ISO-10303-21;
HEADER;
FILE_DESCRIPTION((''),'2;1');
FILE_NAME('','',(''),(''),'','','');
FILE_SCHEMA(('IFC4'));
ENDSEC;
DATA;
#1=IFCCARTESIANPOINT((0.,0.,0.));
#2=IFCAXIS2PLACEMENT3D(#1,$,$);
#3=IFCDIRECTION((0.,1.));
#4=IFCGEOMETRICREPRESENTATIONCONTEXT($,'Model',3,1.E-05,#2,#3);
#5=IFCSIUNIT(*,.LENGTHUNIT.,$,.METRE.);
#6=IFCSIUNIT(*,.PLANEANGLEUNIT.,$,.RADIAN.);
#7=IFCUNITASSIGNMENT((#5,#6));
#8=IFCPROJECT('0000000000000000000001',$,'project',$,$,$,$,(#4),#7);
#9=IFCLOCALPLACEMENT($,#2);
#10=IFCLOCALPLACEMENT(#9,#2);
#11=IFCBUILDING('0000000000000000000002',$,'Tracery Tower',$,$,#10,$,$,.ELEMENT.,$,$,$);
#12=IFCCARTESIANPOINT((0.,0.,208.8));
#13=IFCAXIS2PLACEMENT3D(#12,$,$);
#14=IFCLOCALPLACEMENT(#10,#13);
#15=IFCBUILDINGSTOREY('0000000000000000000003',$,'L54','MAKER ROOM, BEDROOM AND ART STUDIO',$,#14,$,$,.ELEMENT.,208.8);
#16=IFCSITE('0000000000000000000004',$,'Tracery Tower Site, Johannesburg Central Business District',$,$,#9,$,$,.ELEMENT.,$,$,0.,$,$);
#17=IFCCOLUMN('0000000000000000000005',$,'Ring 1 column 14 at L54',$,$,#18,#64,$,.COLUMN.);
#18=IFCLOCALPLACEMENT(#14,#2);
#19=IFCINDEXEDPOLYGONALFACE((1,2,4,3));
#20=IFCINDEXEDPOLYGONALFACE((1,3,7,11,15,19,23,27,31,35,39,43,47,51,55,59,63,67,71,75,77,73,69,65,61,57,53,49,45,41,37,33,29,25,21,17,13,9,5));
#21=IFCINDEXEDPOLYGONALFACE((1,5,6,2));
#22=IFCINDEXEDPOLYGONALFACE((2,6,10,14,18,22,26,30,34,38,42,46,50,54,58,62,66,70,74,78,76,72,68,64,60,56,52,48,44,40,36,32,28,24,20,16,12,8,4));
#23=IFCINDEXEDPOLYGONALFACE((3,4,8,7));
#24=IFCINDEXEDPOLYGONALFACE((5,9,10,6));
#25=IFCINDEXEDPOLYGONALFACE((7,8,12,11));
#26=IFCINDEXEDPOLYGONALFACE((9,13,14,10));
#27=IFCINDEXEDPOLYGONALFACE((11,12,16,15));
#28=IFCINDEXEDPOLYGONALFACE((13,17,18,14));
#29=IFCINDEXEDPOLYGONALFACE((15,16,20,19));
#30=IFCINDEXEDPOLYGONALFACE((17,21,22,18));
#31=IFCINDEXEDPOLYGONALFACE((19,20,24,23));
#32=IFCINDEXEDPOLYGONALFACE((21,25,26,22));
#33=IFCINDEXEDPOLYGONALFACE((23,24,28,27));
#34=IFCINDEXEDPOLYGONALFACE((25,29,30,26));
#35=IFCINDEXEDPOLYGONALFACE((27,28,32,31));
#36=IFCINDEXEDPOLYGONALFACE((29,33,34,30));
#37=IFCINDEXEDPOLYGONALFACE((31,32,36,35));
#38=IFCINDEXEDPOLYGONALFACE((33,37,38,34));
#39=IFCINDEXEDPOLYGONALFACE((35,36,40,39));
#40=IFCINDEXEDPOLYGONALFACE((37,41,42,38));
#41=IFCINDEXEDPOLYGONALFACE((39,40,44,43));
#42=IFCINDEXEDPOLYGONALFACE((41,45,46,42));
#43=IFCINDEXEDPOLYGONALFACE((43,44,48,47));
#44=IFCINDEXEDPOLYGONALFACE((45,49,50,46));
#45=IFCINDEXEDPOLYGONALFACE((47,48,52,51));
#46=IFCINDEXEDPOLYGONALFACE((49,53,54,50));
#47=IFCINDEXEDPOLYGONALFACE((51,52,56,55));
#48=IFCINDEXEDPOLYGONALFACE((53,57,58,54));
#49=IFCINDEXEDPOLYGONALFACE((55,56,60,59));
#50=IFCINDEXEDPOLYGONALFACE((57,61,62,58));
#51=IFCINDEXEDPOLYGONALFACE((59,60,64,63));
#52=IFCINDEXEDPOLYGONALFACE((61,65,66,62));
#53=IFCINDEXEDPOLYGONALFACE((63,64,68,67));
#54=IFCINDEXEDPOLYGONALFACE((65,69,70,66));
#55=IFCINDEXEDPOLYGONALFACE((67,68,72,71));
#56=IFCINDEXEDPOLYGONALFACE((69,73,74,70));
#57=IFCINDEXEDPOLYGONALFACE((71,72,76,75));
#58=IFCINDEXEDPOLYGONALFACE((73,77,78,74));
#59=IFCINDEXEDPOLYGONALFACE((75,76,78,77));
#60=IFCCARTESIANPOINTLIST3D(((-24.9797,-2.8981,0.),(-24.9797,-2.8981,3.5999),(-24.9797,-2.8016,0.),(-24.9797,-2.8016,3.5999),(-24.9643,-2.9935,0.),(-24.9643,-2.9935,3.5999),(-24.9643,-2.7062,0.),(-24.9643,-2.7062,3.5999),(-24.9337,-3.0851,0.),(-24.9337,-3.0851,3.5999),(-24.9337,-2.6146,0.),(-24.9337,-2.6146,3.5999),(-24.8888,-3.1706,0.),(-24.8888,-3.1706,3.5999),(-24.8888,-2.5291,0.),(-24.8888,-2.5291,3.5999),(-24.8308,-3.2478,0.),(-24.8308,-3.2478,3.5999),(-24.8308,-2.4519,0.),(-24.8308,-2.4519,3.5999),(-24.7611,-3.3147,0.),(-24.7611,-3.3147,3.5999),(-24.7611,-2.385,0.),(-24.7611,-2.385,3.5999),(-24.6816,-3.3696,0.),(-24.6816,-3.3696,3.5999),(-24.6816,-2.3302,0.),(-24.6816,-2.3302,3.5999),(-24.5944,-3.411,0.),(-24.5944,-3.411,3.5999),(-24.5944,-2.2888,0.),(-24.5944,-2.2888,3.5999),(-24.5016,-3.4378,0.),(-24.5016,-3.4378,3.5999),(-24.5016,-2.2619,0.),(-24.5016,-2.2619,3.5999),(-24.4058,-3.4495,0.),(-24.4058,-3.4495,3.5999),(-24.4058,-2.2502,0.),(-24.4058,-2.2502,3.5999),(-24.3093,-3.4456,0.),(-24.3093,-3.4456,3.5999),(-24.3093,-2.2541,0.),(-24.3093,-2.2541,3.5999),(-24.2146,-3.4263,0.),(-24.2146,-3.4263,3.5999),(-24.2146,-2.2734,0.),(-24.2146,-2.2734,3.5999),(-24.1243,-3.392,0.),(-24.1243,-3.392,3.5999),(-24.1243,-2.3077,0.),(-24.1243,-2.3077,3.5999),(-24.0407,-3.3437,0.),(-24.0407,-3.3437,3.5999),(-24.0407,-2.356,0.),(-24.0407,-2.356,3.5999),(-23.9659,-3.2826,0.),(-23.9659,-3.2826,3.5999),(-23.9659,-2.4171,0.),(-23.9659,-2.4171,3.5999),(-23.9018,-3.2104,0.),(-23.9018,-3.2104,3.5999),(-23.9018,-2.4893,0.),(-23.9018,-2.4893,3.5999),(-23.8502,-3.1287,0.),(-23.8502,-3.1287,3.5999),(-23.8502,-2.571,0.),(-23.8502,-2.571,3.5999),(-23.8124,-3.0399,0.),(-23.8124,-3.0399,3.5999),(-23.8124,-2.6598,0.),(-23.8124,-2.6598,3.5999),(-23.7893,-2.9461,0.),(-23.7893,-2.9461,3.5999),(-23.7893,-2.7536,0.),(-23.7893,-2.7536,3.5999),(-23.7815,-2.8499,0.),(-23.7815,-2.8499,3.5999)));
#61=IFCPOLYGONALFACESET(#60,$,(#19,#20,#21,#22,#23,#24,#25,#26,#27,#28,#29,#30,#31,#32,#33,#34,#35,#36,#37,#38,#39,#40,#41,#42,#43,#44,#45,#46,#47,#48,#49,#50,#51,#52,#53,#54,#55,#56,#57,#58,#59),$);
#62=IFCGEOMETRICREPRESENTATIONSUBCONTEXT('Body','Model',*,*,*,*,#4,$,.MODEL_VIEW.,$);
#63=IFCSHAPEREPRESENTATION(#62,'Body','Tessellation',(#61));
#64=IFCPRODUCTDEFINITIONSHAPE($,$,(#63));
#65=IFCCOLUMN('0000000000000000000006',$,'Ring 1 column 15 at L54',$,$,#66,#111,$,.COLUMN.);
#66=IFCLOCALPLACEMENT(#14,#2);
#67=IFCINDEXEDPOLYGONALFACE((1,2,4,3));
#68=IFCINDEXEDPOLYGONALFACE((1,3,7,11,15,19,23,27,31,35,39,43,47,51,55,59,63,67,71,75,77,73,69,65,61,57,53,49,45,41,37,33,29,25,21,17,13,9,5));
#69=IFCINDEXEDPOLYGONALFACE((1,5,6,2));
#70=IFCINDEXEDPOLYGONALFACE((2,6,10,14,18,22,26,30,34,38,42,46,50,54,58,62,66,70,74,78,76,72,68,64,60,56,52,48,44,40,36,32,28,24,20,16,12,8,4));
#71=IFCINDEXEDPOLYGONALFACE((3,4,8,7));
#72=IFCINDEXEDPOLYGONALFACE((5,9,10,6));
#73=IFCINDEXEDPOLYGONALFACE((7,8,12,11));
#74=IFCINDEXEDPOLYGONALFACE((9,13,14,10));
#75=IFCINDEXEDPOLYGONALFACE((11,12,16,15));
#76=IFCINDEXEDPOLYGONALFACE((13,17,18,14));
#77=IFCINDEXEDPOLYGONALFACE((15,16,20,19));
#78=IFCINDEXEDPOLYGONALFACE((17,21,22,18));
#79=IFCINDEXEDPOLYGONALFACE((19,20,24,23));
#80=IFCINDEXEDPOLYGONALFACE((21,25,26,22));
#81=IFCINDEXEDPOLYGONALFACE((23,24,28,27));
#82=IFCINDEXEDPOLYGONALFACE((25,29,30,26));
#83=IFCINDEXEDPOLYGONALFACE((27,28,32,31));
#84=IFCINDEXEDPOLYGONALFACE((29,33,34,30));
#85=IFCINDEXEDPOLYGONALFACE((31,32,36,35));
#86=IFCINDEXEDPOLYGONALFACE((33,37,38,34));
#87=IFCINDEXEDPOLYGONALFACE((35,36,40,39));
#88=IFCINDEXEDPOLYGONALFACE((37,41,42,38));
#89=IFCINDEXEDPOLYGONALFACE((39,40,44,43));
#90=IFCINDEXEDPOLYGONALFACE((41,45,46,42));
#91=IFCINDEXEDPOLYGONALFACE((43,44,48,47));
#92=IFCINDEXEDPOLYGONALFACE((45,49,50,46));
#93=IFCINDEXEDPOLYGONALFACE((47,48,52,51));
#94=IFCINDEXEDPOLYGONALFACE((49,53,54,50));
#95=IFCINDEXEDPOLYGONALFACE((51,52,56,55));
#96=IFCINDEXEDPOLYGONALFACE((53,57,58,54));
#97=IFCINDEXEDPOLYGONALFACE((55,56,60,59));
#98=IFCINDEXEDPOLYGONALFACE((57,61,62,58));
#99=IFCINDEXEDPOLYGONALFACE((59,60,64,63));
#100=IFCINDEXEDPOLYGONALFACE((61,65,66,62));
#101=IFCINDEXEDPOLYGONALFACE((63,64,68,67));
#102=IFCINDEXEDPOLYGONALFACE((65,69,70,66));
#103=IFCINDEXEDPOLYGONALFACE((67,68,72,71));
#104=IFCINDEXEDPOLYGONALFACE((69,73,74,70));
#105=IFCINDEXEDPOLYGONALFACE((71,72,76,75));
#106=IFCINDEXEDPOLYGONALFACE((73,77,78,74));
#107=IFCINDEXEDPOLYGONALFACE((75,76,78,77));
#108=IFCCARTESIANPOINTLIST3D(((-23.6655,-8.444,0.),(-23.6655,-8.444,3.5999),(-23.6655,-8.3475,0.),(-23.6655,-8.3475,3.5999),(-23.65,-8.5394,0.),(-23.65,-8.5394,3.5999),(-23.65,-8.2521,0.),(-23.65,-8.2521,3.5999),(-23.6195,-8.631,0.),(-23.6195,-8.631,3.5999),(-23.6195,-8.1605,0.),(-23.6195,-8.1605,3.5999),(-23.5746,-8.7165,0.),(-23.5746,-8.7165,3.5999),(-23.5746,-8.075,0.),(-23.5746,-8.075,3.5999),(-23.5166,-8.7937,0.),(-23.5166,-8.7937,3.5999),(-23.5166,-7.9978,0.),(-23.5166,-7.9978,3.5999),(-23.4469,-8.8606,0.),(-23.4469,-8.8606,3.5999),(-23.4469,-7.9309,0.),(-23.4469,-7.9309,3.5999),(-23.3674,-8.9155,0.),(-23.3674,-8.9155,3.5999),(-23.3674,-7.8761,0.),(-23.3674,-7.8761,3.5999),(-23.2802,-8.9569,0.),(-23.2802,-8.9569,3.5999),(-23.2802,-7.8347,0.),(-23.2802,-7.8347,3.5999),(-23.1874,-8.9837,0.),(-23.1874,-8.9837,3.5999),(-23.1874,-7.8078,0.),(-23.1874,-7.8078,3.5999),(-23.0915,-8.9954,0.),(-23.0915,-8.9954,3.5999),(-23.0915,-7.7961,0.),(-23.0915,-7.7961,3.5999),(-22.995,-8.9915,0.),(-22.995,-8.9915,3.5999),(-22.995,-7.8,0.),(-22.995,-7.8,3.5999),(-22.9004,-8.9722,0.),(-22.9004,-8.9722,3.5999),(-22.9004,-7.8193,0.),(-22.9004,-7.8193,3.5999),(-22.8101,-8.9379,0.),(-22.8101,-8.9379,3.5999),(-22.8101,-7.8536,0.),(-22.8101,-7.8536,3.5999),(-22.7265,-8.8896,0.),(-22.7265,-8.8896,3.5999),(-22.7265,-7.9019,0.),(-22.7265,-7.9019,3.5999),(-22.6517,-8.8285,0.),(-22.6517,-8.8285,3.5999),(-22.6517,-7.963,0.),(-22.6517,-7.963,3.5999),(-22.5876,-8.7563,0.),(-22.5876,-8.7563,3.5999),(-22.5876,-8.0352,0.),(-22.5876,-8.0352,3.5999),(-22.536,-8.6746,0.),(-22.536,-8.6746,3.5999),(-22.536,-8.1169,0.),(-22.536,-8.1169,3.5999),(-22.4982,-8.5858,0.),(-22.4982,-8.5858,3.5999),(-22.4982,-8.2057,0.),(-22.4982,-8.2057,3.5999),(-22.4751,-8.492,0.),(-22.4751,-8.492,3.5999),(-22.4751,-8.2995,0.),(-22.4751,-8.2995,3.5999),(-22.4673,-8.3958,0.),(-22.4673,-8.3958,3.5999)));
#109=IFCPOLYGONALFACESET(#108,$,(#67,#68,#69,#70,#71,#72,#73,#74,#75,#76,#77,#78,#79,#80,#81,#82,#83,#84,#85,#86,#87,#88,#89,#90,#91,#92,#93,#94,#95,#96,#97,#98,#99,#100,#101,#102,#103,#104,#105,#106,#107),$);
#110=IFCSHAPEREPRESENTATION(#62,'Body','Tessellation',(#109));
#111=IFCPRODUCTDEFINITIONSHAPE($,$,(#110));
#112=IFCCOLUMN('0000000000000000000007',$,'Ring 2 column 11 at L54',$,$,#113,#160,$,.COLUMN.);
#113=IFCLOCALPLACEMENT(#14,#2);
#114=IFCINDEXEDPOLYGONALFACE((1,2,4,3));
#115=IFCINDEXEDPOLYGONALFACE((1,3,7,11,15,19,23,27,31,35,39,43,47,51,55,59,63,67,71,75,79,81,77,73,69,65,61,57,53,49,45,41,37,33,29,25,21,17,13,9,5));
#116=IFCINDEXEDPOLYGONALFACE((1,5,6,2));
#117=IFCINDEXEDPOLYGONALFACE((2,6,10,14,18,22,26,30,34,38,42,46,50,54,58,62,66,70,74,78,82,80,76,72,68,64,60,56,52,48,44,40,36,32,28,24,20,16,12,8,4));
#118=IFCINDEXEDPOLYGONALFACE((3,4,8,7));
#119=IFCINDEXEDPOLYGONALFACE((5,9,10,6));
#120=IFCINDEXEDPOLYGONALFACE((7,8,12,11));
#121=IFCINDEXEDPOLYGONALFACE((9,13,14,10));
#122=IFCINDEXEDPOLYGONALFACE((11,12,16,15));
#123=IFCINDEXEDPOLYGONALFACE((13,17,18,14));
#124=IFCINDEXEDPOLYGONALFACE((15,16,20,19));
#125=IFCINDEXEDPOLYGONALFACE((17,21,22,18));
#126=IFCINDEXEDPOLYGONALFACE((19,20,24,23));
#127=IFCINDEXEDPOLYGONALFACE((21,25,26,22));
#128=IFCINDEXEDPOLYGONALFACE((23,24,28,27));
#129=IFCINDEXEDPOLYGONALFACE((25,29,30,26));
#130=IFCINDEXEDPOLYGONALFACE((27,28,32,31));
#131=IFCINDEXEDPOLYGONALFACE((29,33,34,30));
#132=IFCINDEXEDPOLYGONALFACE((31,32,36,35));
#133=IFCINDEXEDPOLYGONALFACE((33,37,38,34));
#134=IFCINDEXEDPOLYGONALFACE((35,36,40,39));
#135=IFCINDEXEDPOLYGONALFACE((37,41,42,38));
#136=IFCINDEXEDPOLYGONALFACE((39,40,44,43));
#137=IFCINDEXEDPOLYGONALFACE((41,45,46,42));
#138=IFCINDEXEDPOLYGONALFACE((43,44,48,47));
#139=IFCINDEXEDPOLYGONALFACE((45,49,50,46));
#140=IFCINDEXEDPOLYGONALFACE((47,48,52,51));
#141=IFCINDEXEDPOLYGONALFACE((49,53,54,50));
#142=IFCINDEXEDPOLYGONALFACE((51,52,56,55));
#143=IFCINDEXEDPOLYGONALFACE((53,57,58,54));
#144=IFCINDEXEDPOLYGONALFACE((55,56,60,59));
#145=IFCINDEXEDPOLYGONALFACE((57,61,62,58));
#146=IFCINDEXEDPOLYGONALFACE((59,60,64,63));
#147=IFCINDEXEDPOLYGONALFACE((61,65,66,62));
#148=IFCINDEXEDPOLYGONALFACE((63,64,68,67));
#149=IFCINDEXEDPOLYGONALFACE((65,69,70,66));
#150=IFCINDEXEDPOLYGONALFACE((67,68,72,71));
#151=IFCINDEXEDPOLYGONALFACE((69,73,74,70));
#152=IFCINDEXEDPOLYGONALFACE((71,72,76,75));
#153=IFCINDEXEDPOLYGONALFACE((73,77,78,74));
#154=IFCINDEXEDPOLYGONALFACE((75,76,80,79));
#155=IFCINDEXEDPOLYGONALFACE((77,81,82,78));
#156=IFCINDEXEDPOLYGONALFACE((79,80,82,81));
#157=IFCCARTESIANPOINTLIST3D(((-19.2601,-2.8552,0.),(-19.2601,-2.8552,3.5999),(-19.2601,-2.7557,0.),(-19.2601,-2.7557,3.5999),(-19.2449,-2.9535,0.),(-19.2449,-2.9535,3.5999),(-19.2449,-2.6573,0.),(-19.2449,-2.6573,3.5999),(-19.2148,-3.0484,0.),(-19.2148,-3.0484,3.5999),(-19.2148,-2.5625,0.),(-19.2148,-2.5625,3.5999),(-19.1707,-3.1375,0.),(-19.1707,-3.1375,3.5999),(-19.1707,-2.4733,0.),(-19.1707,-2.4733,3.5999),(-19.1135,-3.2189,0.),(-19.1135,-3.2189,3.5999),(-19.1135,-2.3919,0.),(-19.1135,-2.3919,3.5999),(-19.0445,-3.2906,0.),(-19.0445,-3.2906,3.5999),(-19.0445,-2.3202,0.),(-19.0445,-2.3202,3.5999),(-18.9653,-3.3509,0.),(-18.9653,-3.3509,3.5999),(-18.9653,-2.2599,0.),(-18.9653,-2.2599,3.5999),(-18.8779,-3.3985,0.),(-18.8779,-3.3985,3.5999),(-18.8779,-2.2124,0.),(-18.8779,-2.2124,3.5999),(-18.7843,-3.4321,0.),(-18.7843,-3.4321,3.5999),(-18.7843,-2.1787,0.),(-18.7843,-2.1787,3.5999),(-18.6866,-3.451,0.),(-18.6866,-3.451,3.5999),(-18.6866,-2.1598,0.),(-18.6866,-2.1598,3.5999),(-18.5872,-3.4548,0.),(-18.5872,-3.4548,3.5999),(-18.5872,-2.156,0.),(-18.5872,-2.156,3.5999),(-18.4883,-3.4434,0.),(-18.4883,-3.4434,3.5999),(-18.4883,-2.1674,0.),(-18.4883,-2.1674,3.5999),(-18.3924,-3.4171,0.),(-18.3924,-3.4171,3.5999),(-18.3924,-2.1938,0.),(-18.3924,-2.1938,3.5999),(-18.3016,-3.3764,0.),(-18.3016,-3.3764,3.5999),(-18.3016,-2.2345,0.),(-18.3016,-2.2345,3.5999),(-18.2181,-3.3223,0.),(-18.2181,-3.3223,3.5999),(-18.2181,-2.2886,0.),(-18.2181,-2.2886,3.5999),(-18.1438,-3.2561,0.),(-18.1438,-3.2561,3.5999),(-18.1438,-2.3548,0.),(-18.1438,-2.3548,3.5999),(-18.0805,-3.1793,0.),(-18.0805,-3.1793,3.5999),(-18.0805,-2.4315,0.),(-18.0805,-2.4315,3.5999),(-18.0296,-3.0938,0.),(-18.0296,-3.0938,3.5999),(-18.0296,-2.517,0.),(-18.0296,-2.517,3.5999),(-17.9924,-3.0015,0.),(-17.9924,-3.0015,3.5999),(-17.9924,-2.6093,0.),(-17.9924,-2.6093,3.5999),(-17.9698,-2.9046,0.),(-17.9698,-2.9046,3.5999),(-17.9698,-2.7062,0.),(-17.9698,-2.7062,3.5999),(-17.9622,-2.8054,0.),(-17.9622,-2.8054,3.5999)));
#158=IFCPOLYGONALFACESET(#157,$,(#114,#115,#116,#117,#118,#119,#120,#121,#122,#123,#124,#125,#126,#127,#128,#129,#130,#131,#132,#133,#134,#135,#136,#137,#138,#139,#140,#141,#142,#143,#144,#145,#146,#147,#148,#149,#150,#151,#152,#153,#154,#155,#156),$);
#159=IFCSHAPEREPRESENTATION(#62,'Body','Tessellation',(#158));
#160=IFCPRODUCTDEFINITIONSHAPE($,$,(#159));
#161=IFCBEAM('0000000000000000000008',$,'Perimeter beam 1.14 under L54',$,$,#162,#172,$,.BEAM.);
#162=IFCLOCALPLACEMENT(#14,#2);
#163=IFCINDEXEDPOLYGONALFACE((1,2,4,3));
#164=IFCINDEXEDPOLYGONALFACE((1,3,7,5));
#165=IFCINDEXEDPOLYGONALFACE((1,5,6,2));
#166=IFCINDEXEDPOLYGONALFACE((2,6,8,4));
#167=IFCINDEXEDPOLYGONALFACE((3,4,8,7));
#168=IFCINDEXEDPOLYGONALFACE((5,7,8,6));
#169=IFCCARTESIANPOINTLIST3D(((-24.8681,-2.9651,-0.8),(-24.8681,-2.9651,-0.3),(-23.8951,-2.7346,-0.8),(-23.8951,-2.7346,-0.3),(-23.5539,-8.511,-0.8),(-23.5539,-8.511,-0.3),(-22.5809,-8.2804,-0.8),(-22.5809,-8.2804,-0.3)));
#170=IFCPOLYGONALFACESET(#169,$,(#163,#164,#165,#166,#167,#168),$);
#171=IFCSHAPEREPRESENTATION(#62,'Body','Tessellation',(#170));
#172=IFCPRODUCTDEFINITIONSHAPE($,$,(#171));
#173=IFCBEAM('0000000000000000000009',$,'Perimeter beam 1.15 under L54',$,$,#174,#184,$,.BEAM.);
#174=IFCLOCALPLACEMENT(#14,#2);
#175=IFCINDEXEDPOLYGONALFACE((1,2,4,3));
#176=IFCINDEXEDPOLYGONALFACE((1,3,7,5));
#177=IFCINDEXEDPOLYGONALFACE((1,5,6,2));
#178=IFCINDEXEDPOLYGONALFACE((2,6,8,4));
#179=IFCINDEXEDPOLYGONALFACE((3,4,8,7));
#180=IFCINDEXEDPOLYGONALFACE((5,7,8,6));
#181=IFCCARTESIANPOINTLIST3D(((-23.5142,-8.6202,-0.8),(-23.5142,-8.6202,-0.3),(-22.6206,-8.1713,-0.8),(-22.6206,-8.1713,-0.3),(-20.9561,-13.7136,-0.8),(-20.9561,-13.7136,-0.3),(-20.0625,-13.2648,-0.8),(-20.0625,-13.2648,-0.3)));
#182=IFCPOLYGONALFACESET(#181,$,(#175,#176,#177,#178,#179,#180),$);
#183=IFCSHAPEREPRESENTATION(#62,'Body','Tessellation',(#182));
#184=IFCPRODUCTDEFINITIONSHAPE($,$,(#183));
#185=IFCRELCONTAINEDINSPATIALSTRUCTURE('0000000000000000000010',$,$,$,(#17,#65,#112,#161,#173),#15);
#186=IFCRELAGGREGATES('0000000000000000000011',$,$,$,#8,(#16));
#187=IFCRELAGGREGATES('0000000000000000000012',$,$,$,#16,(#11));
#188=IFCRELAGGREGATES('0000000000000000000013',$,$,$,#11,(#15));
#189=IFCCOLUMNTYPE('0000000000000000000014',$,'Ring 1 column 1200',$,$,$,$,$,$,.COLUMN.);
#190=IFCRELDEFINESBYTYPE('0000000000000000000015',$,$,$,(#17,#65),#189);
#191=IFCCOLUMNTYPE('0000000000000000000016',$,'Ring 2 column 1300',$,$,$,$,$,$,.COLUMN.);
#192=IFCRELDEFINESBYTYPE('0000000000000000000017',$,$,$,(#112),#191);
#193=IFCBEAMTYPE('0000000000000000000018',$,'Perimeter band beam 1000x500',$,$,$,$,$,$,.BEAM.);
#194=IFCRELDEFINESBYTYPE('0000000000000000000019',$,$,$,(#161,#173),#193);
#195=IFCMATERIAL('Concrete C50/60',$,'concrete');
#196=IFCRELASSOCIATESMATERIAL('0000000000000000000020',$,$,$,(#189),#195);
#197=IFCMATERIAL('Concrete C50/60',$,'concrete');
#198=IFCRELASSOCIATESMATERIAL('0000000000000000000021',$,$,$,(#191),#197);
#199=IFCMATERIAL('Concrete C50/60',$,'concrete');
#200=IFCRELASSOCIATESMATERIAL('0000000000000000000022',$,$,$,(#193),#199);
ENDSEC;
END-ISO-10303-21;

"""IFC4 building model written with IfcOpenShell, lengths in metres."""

from ifc_helpers import new_model, si_unit, direction, frame, origin, origin_2d, place, context, subcontext, project, spatial, rectangle, circle, extrude, material, material_profile, profile_set, type_object, element, save


model = new_model("IFC4")

# Units and contexts
model_context = context("Model", 3, precision=1e-05, world=origin(), true_north=direction((0.0, 1.0)))
body_context = subcontext(model_context, "Body", "Model", "MODEL_VIEW")
ifc_project = project(units=[si_unit("LENGTHUNIT", "METRE"), si_unit("PLANEANGLEUNIT", "RADIAN")], contexts=[model_context])

# Site, building, storey
site_placement = place(None, origin())
site = spatial("IfcSite", under=ifc_project, at=site_placement, Name="Tracery Tower Site, Johannesburg Central Business District", CompositionType="ELEMENT", RefElevation=0.0)
building_placement = place(site_placement, origin())
building = spatial("IfcBuilding", under=site, at=building_placement, Name="Tracery Tower", CompositionType="ELEMENT")
storey_placement = place(building_placement, frame((0.0, 0.0, 208.8)))
storey = spatial("IfcBuildingStorey", under=building, at=storey_placement, Name="L54", Description="MAKER ROOM, BEDROOM AND ART STUDIO", CompositionType="ELEMENT", Elevation=208.8)

# Columns
ifc_material_1 = material(Name="Concrete C50/60", Category="concrete")
ifc_material_profile_1 = material_profile(ifc_material_1, circle(Radius=0.6001, at=origin_2d()), Name="RC D1200")
ifc_profile_set_1 = profile_set([ifc_material_profile_1], Name="Concrete C50/60")
column_type_1 = type_object("IfcColumnType", Name="Ring 1 column 1200", PredefinedType="COLUMN", material=ifc_profile_set_1)
for number, where, z_axis, x_axis, name in (
    (1, (-24.3816, -2.8499, 0.0), (0.0, 0.0, 1.0), (1.0, 0.0, 0.0), "Ring 1 column 14 at L54"),
    (2, (-23.0674, -8.3958, 0.0), (0.0, 0.0, 1.0), (1.0, 0.0, 0.0), "Ring 1 column 15 at L54"),
):
    element("IfcColumn", number, at=place(storey_placement, frame(where, z_axis=z_axis, x_axis=x_axis)), inside=storey, type_object=column_type_1, Name=name, PredefinedType="COLUMN", context=body_context, shape_type="SweptSolid", body=[
        extrude(circle(Radius=0.6001, at=origin_2d()), origin(), (0.0, 0.0, 1.0), 3.5999),
    ])
ifc_material_2 = material(Name="Concrete C50/60", Category="concrete")
ifc_material_profile_2 = material_profile(ifc_material_2, circle(Radius=0.6499, at=origin_2d()), Name="RC D1300")
ifc_profile_set_2 = profile_set([ifc_material_profile_2], Name="Concrete C50/60")
column_type_2 = type_object("IfcColumnType", Name="Ring 2 column 1300", PredefinedType="COLUMN", material=ifc_profile_set_2)
column_placement = place(storey_placement, frame((-18.6121, -2.8054, 0.0), z_axis=(0.0, 0.0, 1.0), x_axis=(1.0, 0.0, 0.0)))
element("IfcColumn", 3, at=column_placement, inside=storey, type_object=column_type_2, Name="Ring 2 column 11 at L54", PredefinedType="COLUMN", context=body_context, shape_type="SweptSolid", body=[
    extrude(circle(Radius=0.6499, at=origin_2d()), origin(), (0.0, 0.0, 1.0), 3.5999),
])

# Beams
ifc_material_3 = material(Name="Concrete C50/60", Category="concrete")
ifc_material_profile_3 = material_profile(ifc_material_3, rectangle(XDim=1.0, YDim=0.5, at=origin_2d()), Name="RC 1000x500")
ifc_profile_set_3 = profile_set([ifc_material_profile_3], Name="Concrete C50/60")
beam_type = type_object("IfcBeamType", Name="Perimeter band beam 1000x500", PredefinedType="BEAM", material=ifc_profile_set_3)
beam_1_placement = place(storey_placement, frame((-24.3816, -2.8499, -0.55), z_axis=(0.230584, -0.973052, 0.0), x_axis=(0.973052, 0.230584, 0.0)))
element("IfcBeam", 4, at=beam_1_placement, inside=storey, type_object=beam_type, Name="Perimeter beam 1.14 under L54", PredefinedType="BEAM", context=body_context, shape_type="SweptSolid", body=[
    extrude(rectangle(XDim=1.0, YDim=0.5, at=origin_2d()), origin(), (0.0, 0.0, 1.0), 5.6995),
])
beam_2_placement = place(storey_placement, frame((-23.0674, -8.3958, -0.55), z_axis=(0.448806, -0.893629, 0.0), x_axis=(0.893629, 0.448806, 0.0)))
element("IfcBeam", 5, at=beam_2_placement, inside=storey, type_object=beam_type, Name="Perimeter beam 1.15 under L54", PredefinedType="BEAM", context=body_context, shape_type="SweptSolid", body=[
    extrude(rectangle(XDim=1.0, YDim=0.5, at=origin_2d()), origin(), (0.0, 0.0, 1.0), 5.6997),
])

save(model, "model.ifc")
